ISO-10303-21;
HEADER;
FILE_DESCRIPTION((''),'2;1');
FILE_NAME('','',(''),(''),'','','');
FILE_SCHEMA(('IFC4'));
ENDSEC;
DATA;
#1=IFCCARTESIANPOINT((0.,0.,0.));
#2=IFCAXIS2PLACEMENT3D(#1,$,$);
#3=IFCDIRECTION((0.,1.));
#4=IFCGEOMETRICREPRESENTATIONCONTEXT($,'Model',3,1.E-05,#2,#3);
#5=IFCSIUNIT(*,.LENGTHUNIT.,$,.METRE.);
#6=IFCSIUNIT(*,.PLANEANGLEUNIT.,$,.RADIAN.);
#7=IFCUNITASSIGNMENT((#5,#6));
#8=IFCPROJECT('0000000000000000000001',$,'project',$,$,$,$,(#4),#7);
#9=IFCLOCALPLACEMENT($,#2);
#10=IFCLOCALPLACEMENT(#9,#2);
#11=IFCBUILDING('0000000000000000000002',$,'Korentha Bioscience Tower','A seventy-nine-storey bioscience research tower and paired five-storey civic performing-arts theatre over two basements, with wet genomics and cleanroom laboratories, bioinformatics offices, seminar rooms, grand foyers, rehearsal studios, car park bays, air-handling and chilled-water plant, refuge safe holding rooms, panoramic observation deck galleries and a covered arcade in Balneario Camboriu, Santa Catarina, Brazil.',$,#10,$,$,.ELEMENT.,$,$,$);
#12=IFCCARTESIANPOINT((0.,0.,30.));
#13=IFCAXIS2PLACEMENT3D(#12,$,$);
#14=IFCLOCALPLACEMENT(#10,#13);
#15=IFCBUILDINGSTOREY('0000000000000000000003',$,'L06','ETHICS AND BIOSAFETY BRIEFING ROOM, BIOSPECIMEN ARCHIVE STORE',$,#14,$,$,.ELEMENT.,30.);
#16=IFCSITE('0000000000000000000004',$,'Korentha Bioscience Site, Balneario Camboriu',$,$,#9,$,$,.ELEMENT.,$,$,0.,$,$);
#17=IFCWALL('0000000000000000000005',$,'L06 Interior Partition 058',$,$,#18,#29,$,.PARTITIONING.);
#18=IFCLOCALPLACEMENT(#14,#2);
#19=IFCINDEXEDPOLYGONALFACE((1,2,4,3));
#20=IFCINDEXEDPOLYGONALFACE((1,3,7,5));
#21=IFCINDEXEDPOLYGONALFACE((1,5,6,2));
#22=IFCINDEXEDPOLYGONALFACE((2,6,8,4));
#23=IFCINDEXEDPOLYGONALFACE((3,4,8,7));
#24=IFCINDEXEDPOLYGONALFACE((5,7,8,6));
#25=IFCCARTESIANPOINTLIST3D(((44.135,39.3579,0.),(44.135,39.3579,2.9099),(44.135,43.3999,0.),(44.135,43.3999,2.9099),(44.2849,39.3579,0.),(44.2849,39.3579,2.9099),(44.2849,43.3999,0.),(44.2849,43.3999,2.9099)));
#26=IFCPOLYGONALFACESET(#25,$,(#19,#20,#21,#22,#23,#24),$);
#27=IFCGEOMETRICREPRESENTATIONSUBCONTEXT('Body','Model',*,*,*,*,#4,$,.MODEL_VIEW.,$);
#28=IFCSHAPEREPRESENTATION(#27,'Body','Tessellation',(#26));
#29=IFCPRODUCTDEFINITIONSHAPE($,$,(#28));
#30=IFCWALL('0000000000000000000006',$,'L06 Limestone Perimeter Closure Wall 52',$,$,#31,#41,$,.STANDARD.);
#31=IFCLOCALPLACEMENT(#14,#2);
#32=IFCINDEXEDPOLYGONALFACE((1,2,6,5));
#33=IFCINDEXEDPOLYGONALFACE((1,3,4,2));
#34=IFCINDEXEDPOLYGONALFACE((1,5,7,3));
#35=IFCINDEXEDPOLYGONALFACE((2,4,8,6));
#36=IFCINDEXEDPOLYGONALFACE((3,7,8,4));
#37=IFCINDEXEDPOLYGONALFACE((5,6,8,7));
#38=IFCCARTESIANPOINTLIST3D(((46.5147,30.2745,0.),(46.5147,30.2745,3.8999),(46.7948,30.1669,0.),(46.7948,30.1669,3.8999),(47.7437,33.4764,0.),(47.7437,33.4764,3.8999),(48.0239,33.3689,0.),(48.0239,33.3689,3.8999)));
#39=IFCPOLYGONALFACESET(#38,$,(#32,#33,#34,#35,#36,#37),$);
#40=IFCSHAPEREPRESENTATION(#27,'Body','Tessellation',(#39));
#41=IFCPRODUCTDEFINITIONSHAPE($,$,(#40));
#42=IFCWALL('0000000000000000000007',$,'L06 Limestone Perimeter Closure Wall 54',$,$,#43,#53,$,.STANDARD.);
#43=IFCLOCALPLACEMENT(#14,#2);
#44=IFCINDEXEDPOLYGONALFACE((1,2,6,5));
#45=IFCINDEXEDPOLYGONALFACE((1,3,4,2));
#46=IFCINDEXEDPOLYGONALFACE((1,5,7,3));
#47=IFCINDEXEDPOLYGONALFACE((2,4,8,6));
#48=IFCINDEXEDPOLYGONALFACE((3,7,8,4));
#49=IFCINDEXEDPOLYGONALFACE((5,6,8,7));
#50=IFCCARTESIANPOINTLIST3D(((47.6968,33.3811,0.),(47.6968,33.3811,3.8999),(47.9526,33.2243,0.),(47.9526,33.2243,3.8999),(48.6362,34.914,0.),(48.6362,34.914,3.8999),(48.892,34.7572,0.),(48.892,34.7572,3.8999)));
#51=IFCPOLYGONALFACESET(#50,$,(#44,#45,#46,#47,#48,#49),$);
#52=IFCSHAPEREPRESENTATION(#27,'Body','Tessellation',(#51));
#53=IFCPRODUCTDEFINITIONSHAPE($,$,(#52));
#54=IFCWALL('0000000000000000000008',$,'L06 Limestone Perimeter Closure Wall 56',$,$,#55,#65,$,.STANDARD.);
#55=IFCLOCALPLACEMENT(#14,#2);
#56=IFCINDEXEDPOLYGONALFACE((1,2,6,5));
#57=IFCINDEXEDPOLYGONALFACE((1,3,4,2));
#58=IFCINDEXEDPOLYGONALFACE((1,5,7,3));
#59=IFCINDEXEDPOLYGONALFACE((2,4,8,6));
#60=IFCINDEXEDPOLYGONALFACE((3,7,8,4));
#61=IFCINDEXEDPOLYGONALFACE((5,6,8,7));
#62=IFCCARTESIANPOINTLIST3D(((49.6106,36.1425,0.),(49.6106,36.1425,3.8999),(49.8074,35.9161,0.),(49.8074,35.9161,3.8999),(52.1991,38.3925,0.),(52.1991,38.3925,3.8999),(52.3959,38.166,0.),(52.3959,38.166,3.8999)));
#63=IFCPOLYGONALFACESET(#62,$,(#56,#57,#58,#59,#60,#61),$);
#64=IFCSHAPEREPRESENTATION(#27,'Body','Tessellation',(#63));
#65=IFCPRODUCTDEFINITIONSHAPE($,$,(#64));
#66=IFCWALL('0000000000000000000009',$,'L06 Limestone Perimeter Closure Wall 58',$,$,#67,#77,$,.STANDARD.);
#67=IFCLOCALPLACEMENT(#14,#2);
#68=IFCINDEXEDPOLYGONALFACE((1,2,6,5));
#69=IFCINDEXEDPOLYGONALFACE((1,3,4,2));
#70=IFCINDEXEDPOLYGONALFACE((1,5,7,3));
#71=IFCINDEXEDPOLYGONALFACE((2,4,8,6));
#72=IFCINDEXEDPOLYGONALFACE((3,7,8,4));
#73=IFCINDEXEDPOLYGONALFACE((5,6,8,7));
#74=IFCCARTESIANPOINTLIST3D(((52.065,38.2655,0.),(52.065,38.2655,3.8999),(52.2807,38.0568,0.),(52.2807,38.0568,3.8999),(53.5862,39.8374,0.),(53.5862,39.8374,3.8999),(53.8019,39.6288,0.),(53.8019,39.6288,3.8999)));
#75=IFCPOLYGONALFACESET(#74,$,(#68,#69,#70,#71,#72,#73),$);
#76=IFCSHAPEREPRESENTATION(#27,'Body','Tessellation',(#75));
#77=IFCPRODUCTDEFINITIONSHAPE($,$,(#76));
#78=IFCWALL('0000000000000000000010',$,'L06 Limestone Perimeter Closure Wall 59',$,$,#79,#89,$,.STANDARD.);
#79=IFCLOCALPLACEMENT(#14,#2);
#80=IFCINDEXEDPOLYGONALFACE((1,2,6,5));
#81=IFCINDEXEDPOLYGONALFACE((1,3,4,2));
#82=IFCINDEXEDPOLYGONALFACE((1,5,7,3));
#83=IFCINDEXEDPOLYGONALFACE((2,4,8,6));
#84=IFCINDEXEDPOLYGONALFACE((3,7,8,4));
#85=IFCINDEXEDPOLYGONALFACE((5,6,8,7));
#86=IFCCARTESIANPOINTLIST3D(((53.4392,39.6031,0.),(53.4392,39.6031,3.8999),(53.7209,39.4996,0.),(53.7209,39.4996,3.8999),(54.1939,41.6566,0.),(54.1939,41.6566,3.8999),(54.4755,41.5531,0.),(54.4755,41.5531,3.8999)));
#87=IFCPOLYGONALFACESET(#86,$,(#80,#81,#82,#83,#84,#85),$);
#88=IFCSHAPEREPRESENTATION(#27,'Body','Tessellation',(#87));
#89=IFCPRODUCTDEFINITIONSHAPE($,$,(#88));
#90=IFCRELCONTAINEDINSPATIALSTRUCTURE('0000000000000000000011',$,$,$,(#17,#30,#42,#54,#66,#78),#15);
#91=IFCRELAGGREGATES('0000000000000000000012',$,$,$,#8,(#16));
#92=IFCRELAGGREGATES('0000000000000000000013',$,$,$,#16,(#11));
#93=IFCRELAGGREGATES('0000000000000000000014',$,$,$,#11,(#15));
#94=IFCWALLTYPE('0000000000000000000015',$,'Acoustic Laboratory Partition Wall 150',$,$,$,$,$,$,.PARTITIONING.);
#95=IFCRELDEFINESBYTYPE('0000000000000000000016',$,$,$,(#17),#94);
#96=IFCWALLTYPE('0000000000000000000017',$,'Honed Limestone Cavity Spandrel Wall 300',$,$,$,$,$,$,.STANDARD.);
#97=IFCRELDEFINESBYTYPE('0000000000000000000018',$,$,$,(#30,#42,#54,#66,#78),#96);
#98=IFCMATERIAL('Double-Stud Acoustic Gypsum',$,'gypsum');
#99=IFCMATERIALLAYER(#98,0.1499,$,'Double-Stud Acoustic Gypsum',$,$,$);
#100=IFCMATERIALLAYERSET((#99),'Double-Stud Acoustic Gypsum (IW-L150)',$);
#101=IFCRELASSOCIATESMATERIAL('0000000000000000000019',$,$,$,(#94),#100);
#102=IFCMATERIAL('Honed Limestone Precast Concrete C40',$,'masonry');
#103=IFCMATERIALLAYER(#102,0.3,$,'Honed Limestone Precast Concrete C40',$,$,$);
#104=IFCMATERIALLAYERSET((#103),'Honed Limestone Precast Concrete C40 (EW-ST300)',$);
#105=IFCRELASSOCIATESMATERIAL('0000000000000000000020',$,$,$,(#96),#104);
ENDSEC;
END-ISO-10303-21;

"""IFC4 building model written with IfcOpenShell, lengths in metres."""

from ifc_helpers import new_model, si_unit, direction, frame, frame_2d, origin, place, context, subcontext, project, spatial, rectangle, extrude, material, layer, layer_set, type_object, element, save


model = new_model("IFC4")

# Units and contexts
model_context = context("Model", 3, precision=1e-05, world=origin(), true_north=direction((0.0, 1.0)))
body_context = subcontext(model_context, "Body", "Model", "MODEL_VIEW")
ifc_project = project(units=[si_unit("LENGTHUNIT", "METRE"), si_unit("PLANEANGLEUNIT", "RADIAN")], contexts=[model_context])

# Site, building, storey
site_placement = place(None, origin())
site = spatial("IfcSite", under=ifc_project, at=site_placement, Name="Korentha Bioscience Site, Balneario Camboriu", CompositionType="ELEMENT", RefElevation=0.0)
building_placement = place(site_placement, origin())
building = spatial("IfcBuilding", under=site, at=building_placement, Name="Korentha Bioscience Tower", Description="A seventy-nine-storey bioscience research tower and paired five-storey civic performing-arts theatre over two basements, with wet genomics and cleanroom laboratories, bioinformatics offices, seminar rooms, grand foyers, rehearsal studios, car park bays, air-handling and chilled-water plant, refuge safe holding rooms, panoramic observation deck galleries and a covered arcade in Balneario Camboriu, Santa Catarina, Brazil.", CompositionType="ELEMENT")
storey_placement = place(building_placement, frame((0.0, 0.0, 30.0)))
storey = spatial("IfcBuildingStorey", under=building, at=storey_placement, Name="L06", Description="ETHICS AND BIOSAFETY BRIEFING ROOM, BIOSPECIMEN ARCHIVE STORE", CompositionType="ELEMENT", Elevation=30.0)

# Shared definitions
ifc_material_1 = material(Name="Double-Stud Acoustic Gypsum", Category="gypsum")
ifc_layer_1 = layer(ifc_material_1, 0.1499, Name="Double-Stud Acoustic Gypsum")
ifc_layer_set_1 = layer_set([ifc_layer_1], Name="Double-Stud Acoustic Gypsum (IW-L150)")
wall_type_1 = type_object("IfcWallType", Name="Acoustic Laboratory Partition Wall 150", PredefinedType="PARTITIONING", material=ifc_layer_set_1)

# Walls
wall_1_placement = place(storey_placement, frame((44.21, 39.3579, 0.0), z_axis=(0.0, 0.0, 1.0), x_axis=(0.0, 1.0, 0.0)))
element("IfcWall", 1, at=wall_1_placement, inside=storey, type_object=wall_type_1, Name="L06 Interior Partition 058", PredefinedType="PARTITIONING", context=body_context, shape_type="SweptSolid", body=[
    extrude(rectangle(XDim=4.042, YDim=0.1499, at=frame_2d((2.021, 0.0))), origin(), (0.0, 0.0, 1.0), 2.9099),
])
ifc_material_2 = material(Name="Honed Limestone Precast Concrete C40", Category="masonry")
ifc_layer_2 = layer(ifc_material_2, 0.3, Name="Honed Limestone Precast Concrete C40")
ifc_layer_set_2 = layer_set([ifc_layer_2], Name="Honed Limestone Precast Concrete C40 (EW-ST300)")
wall_type_2 = type_object("IfcWallType", Name="Honed Limestone Cavity Spandrel Wall 300", PredefinedType="STANDARD", material=ifc_layer_set_2)
wall_2_placement = place(storey_placement, frame((46.6548, 30.2207, 0.0), z_axis=(0.0, 0.0, 1.0), x_axis=(0.358345, 0.933589, 0.0)))
element("IfcWall", 2, at=wall_2_placement, inside=storey, type_object=wall_type_2, Name="L06 Limestone Perimeter Closure Wall 52", PredefinedType="STANDARD", context=body_context, shape_type="SweptSolid", body=[
    extrude(rectangle(XDim=3.4297, YDim=0.3, at=frame_2d((1.7148, 0.0))), origin(), (0.0, 0.0, 1.0), 3.8999),
])
wall_3_placement = place(storey_placement, frame((47.8247, 33.3027, 0.0), z_axis=(0.0, 0.0, 1.0), x_axis=(0.522521, 0.852627, 0.0)))
element("IfcWall", 3, at=wall_3_placement, inside=storey, type_object=wall_type_2, Name="L06 Limestone Perimeter Closure Wall 54", PredefinedType="STANDARD", context=body_context, shape_type="SweptSolid", body=[
    extrude(rectangle(XDim=1.7979, YDim=0.3, at=frame_2d((0.8989, 0.0))), origin(), (0.0, 0.0, 1.0), 3.8999),
])
wall_4_placement = place(storey_placement, frame((49.709, 36.0293, 0.0), z_axis=(0.0, 0.0, 1.0), x_axis=(0.754746, 0.656017, 0.0)))
element("IfcWall", 4, at=wall_4_placement, inside=storey, type_object=wall_type_2, Name="L06 Limestone Perimeter Closure Wall 56", PredefinedType="STANDARD", context=body_context, shape_type="SweptSolid", body=[
    extrude(rectangle(XDim=3.4297, YDim=0.3, at=frame_2d((1.7148, 0.0))), origin(), (0.0, 0.0, 1.0), 3.8999),
])
wall_5_placement = place(storey_placement, frame((52.1729, 38.1611, 0.0), z_axis=(0.0, 0.0, 1.0), x_axis=(0.695405, 0.718618, 0.0)))
element("IfcWall", 5, at=wall_5_placement, inside=storey, type_object=wall_type_2, Name="L06 Limestone Perimeter Closure Wall 58", PredefinedType="STANDARD", context=body_context, shape_type="SweptSolid", body=[
    extrude(rectangle(XDim=2.1875, YDim=0.3, at=frame_2d((1.0938, 0.0))), origin(), (0.0, 0.0, 1.0), 3.8999),
])
wall_6_placement = place(storey_placement, frame((53.5801, 39.5515, 0.0), z_axis=(0.0, 0.0, 1.0), x_axis=(0.34494, 0.938625, 0.0)))
element("IfcWall", 6, at=wall_6_placement, inside=storey, type_object=wall_type_2, Name="L06 Limestone Perimeter Closure Wall 59", PredefinedType="STANDARD", context=body_context, shape_type="SweptSolid", body=[
    extrude(rectangle(XDim=2.1877, YDim=0.3, at=frame_2d((1.0938, 0.0))), origin(), (0.0, 0.0, 1.0), 3.8999),
])

save(model, "model.ifc")
